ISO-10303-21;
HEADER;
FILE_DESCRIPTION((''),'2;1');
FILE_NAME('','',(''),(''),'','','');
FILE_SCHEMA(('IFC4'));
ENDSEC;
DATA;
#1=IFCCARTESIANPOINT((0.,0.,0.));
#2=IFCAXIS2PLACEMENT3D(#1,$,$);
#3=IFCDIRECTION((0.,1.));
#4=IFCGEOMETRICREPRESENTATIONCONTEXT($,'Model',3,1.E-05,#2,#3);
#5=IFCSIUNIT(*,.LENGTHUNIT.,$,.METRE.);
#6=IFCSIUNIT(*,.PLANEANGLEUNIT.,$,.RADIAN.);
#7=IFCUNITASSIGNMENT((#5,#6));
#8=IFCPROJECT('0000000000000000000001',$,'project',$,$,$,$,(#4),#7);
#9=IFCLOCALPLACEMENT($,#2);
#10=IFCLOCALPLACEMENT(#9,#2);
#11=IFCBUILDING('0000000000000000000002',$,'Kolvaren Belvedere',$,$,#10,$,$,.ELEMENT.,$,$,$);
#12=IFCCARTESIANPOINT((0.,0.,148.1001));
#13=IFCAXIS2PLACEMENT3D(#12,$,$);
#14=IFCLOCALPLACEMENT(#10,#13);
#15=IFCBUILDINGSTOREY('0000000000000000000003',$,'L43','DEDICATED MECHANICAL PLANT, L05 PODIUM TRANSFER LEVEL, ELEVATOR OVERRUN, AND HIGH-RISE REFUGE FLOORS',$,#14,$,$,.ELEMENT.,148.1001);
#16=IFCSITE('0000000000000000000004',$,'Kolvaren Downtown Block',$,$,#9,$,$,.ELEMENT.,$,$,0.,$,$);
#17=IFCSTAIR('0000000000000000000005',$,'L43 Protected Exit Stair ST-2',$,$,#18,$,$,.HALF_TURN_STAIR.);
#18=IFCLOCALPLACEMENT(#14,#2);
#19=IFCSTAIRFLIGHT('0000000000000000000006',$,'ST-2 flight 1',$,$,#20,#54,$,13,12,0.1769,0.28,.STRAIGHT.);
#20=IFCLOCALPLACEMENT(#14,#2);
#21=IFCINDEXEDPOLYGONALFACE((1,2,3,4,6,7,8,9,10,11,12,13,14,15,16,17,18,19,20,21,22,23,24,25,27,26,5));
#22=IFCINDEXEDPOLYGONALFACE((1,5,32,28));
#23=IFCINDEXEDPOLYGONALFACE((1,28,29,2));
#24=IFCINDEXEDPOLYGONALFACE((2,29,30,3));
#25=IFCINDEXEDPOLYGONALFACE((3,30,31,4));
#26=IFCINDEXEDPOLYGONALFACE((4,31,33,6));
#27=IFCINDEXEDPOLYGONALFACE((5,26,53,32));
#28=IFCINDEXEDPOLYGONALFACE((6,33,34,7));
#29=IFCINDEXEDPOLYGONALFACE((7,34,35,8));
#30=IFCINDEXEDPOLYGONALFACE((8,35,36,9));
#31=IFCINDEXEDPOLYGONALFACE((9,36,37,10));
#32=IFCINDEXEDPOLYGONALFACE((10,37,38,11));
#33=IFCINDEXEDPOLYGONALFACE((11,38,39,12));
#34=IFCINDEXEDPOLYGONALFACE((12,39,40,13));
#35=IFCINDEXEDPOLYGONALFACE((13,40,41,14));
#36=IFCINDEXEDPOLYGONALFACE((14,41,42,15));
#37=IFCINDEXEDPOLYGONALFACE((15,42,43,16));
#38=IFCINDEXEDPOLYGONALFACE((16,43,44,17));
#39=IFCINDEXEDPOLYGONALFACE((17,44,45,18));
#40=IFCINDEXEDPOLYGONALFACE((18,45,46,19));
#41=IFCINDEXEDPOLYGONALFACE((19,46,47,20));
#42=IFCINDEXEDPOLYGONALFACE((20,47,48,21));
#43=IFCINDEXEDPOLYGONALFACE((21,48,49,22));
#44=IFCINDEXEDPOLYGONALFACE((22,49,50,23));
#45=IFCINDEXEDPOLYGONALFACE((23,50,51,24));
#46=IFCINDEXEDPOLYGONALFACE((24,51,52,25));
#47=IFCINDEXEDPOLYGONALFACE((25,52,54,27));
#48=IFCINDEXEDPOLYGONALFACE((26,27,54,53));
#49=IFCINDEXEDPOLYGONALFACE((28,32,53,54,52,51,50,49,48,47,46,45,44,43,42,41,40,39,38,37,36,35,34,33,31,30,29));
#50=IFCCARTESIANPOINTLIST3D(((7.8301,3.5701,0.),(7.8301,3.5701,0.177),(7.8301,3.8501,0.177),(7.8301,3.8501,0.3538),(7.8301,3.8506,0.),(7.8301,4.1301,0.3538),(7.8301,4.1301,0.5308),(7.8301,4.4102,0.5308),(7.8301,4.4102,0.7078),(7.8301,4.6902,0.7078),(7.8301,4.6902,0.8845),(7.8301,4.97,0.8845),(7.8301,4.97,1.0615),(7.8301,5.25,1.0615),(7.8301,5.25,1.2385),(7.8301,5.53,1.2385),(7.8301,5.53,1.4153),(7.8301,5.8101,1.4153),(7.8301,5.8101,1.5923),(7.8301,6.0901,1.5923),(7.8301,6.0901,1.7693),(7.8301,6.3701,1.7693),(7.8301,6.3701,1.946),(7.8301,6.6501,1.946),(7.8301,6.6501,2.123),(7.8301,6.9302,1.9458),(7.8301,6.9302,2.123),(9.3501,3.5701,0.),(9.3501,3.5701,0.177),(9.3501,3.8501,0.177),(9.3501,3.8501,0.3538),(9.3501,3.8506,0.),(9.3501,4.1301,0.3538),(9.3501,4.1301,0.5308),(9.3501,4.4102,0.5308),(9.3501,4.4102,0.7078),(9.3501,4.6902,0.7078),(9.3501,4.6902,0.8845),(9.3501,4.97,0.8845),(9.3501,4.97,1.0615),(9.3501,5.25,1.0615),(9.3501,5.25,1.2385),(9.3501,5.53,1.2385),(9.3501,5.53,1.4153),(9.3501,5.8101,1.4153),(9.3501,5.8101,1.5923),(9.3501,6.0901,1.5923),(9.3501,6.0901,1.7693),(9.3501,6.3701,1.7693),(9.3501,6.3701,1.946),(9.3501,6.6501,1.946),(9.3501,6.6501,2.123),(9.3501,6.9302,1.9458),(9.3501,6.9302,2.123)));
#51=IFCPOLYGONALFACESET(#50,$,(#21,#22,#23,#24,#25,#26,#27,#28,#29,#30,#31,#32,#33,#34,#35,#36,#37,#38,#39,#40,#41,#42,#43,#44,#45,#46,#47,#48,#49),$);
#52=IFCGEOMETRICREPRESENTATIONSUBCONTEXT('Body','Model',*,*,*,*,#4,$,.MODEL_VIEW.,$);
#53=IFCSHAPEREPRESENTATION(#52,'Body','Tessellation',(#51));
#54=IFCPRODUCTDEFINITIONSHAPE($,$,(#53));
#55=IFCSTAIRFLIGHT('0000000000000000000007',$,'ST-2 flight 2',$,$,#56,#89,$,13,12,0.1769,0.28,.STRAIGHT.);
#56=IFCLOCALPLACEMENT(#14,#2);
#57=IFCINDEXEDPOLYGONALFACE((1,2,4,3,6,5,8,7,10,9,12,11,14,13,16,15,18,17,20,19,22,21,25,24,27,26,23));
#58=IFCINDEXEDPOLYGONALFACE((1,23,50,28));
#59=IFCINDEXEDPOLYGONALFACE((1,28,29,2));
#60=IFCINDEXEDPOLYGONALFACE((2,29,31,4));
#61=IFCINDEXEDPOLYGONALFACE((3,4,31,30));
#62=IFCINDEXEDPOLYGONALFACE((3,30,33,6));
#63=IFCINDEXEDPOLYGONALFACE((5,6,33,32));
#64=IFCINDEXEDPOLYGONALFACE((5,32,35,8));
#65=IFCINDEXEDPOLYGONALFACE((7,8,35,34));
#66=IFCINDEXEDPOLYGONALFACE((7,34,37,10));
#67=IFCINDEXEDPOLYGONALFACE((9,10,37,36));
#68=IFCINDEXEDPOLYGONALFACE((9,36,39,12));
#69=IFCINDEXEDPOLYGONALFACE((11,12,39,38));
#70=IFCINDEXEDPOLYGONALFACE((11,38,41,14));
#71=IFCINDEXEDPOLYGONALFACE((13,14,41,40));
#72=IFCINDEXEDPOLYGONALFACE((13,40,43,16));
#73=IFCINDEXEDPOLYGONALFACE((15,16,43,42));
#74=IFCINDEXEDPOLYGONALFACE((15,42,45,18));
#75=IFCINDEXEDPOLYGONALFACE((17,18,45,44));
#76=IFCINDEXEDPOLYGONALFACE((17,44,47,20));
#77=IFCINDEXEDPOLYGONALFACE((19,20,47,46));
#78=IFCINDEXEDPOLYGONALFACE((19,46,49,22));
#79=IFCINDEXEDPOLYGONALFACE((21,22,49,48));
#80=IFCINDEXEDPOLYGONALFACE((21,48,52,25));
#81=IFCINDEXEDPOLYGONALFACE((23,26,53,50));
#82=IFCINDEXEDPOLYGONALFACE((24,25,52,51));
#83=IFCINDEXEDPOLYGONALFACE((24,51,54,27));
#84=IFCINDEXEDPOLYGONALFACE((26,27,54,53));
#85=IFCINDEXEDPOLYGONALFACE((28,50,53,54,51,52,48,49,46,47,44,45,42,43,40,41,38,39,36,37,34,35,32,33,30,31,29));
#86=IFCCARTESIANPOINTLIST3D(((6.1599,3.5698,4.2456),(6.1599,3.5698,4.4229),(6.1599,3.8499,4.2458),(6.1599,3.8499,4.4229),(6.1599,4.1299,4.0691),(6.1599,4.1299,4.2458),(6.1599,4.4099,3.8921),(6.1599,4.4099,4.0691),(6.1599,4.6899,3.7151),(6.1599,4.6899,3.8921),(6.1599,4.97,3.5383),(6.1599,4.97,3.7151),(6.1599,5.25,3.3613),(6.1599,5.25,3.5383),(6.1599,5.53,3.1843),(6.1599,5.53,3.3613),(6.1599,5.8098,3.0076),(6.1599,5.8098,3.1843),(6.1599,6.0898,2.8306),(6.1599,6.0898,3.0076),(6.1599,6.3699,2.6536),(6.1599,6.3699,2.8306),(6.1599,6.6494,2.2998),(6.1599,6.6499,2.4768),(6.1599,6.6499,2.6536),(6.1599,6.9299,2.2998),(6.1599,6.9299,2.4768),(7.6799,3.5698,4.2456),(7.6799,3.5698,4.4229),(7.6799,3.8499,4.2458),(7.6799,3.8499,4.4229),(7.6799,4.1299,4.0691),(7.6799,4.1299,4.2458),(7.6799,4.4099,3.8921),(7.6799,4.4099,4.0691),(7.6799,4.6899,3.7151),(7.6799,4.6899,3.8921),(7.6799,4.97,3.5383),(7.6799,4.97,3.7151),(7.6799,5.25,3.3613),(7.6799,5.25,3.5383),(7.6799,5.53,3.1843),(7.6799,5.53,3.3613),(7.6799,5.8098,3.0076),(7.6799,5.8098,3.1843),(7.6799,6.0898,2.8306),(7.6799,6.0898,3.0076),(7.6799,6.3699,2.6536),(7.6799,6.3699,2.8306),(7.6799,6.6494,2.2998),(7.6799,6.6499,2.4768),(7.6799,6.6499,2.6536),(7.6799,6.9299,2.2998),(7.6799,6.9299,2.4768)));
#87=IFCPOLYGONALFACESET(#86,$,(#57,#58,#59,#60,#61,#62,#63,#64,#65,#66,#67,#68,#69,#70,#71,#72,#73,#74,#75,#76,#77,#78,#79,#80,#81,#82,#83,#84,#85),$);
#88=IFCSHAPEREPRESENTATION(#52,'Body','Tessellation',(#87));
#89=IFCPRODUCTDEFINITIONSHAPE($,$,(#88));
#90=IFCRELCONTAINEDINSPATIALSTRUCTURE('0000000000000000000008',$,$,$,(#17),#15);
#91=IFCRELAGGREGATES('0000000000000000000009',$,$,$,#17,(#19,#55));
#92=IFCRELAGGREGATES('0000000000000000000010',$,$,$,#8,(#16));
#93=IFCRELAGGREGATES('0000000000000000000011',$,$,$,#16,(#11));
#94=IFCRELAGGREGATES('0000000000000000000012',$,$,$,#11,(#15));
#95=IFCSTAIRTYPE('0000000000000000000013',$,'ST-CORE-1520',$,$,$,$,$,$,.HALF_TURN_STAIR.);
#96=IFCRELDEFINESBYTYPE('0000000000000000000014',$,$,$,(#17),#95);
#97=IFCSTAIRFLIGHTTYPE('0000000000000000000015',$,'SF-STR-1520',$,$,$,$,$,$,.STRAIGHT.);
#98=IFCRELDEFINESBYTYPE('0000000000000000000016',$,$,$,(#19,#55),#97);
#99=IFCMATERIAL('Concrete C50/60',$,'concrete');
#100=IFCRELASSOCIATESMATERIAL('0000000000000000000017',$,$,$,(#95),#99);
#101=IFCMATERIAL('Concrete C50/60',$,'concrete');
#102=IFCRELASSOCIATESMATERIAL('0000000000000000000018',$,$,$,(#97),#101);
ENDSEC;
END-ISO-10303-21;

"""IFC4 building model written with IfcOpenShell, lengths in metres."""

from ifc_helpers import new_model, si_unit, direction, frame, origin, place, context, subcontext, project, spatial, polyline, outline, extrude, material, type_object, element, aggregate, save


model = new_model("IFC4")

# Units and contexts
model_context = context("Model", 3, precision=1e-05, world=origin(), true_north=direction((0.0, 1.0)))
body_context = subcontext(model_context, "Body", "Model", "MODEL_VIEW")
ifc_project = project(units=[si_unit("LENGTHUNIT", "METRE"), si_unit("PLANEANGLEUNIT", "RADIAN")], contexts=[model_context])

# Site, building, storey
site_placement = place(None, origin())
site = spatial("IfcSite", under=ifc_project, at=site_placement, Name="Kolvaren Downtown Block", CompositionType="ELEMENT", RefElevation=0.0)
building_placement = place(site_placement, origin())
building = spatial("IfcBuilding", under=site, at=building_placement, Name="Kolvaren Belvedere", CompositionType="ELEMENT")
storey_placement = place(building_placement, frame((0.0, 0.0, 148.1001)))
storey = spatial("IfcBuildingStorey", under=building, at=storey_placement, Name="L43", Description="DEDICATED MECHANICAL PLANT, L05 PODIUM TRANSFER LEVEL, ELEVATOR OVERRUN, AND HIGH-RISE REFUGE FLOORS", CompositionType="ELEMENT", Elevation=148.1001)

# Stair, stair flights
ifc_material_1 = material(Name="Concrete C50/60", Category="concrete")
stair_type = type_object("IfcStairType", Name="ST-CORE-1520", PredefinedType="HALF_TURN_STAIR", material=ifc_material_1)
stair_placement = place(storey_placement, origin())
stair = element("IfcStair", 1, at=stair_placement, inside=storey, type_object=stair_type, Name="L43 Protected Exit Stair ST-2", PredefinedType="HALF_TURN_STAIR")
ifc_material_2 = material(Name="Concrete C50/60", Category="concrete")
stair_flight_type = type_object("IfcStairFlightType", Name="SF-STR-1520", PredefinedType="STRAIGHT", material=ifc_material_2)
stair_flight_1_placement = place(storey_placement, frame((8.5901, 3.5701, 0.0), z_axis=(0.0, 0.0, 1.0), x_axis=(0.0, 1.0, 0.0)))
stair_flight_1 = element("IfcStairFlight", 2, at=stair_flight_1_placement, type_object=stair_flight_type, Name="ST-2 flight 1", NumberOfRisers=13, NumberOfTreads=12, PredefinedType="STRAIGHT", RiserHeight=0.1769, TreadLength=0.28, context=body_context, shape_type="SweptSolid", body=[
    extrude(outline(polyline([(0.0, 0.0), (0.0, 0.177), (0.28, 0.177), (0.28, 0.3538), (0.5601, 0.3538), (0.5601, 0.5308), (0.8401, 0.5308), (0.8401, 0.7078), (1.1201, 0.7078), (1.1201, 0.8845), (1.3999, 0.8845), (1.3999, 1.0615), (1.6799, 1.0615), (1.6799, 1.2385), (1.96, 1.2385), (1.96, 1.4153), (2.24, 1.4153), (2.24, 1.5923), (2.52, 1.5923), (2.52, 1.7693), (2.8, 1.7693), (2.8, 1.946), (3.0801, 1.946), (3.0801, 2.123), (3.3601, 2.123), (3.3601, 2.3), (3.3601, 1.9458), (0.2805, 0.0), (0.0, 0.0)])), frame((0.0, 0.76, 0.0), z_axis=(0.0, -1.0, 0.0), x_axis=(1.0, 0.0, 0.0)), (0.0, 0.0, 1.0), 1.52),
])
stair_flight_2_placement = place(storey_placement, frame((6.9199, 6.9299, 2.2998), z_axis=(0.0, 0.0, 1.0), x_axis=(0.0, -1.0, 0.0)))
stair_flight_2 = element("IfcStairFlight", 3, at=stair_flight_2_placement, type_object=stair_flight_type, Name="ST-2 flight 2", NumberOfRisers=13, NumberOfTreads=12, PredefinedType="STRAIGHT", RiserHeight=0.1769, TreadLength=0.28, context=body_context, shape_type="SweptSolid", body=[
    extrude(outline(polyline([(0.0, 0.0), (0.0, 0.177), (0.28, 0.177), (0.28, 0.3538), (0.5601, 0.3538), (0.5601, 0.5308), (0.8401, 0.5308), (0.8401, 0.7078), (1.1201, 0.7078), (1.1201, 0.8845), (1.3999, 0.8845), (1.3999, 1.0615), (1.6799, 1.0615), (1.6799, 1.2385), (1.96, 1.2385), (1.96, 1.4153), (2.24, 1.4153), (2.24, 1.5923), (2.52, 1.5923), (2.52, 1.7693), (2.8, 1.7693), (2.8, 1.946), (3.0801, 1.946), (3.0801, 2.123), (3.3601, 2.123), (3.3601, 2.3), (3.3601, 1.9458), (0.2805, 0.0), (0.0, 0.0)])), frame((0.0, 0.76, 0.0), z_axis=(0.0, -1.0, 0.0), x_axis=(1.0, 0.0, 0.0)), (0.0, 0.0, 1.0), 1.52),
])
aggregate(stair, [stair_flight_1, stair_flight_2])

save(model, "model.ifc")
